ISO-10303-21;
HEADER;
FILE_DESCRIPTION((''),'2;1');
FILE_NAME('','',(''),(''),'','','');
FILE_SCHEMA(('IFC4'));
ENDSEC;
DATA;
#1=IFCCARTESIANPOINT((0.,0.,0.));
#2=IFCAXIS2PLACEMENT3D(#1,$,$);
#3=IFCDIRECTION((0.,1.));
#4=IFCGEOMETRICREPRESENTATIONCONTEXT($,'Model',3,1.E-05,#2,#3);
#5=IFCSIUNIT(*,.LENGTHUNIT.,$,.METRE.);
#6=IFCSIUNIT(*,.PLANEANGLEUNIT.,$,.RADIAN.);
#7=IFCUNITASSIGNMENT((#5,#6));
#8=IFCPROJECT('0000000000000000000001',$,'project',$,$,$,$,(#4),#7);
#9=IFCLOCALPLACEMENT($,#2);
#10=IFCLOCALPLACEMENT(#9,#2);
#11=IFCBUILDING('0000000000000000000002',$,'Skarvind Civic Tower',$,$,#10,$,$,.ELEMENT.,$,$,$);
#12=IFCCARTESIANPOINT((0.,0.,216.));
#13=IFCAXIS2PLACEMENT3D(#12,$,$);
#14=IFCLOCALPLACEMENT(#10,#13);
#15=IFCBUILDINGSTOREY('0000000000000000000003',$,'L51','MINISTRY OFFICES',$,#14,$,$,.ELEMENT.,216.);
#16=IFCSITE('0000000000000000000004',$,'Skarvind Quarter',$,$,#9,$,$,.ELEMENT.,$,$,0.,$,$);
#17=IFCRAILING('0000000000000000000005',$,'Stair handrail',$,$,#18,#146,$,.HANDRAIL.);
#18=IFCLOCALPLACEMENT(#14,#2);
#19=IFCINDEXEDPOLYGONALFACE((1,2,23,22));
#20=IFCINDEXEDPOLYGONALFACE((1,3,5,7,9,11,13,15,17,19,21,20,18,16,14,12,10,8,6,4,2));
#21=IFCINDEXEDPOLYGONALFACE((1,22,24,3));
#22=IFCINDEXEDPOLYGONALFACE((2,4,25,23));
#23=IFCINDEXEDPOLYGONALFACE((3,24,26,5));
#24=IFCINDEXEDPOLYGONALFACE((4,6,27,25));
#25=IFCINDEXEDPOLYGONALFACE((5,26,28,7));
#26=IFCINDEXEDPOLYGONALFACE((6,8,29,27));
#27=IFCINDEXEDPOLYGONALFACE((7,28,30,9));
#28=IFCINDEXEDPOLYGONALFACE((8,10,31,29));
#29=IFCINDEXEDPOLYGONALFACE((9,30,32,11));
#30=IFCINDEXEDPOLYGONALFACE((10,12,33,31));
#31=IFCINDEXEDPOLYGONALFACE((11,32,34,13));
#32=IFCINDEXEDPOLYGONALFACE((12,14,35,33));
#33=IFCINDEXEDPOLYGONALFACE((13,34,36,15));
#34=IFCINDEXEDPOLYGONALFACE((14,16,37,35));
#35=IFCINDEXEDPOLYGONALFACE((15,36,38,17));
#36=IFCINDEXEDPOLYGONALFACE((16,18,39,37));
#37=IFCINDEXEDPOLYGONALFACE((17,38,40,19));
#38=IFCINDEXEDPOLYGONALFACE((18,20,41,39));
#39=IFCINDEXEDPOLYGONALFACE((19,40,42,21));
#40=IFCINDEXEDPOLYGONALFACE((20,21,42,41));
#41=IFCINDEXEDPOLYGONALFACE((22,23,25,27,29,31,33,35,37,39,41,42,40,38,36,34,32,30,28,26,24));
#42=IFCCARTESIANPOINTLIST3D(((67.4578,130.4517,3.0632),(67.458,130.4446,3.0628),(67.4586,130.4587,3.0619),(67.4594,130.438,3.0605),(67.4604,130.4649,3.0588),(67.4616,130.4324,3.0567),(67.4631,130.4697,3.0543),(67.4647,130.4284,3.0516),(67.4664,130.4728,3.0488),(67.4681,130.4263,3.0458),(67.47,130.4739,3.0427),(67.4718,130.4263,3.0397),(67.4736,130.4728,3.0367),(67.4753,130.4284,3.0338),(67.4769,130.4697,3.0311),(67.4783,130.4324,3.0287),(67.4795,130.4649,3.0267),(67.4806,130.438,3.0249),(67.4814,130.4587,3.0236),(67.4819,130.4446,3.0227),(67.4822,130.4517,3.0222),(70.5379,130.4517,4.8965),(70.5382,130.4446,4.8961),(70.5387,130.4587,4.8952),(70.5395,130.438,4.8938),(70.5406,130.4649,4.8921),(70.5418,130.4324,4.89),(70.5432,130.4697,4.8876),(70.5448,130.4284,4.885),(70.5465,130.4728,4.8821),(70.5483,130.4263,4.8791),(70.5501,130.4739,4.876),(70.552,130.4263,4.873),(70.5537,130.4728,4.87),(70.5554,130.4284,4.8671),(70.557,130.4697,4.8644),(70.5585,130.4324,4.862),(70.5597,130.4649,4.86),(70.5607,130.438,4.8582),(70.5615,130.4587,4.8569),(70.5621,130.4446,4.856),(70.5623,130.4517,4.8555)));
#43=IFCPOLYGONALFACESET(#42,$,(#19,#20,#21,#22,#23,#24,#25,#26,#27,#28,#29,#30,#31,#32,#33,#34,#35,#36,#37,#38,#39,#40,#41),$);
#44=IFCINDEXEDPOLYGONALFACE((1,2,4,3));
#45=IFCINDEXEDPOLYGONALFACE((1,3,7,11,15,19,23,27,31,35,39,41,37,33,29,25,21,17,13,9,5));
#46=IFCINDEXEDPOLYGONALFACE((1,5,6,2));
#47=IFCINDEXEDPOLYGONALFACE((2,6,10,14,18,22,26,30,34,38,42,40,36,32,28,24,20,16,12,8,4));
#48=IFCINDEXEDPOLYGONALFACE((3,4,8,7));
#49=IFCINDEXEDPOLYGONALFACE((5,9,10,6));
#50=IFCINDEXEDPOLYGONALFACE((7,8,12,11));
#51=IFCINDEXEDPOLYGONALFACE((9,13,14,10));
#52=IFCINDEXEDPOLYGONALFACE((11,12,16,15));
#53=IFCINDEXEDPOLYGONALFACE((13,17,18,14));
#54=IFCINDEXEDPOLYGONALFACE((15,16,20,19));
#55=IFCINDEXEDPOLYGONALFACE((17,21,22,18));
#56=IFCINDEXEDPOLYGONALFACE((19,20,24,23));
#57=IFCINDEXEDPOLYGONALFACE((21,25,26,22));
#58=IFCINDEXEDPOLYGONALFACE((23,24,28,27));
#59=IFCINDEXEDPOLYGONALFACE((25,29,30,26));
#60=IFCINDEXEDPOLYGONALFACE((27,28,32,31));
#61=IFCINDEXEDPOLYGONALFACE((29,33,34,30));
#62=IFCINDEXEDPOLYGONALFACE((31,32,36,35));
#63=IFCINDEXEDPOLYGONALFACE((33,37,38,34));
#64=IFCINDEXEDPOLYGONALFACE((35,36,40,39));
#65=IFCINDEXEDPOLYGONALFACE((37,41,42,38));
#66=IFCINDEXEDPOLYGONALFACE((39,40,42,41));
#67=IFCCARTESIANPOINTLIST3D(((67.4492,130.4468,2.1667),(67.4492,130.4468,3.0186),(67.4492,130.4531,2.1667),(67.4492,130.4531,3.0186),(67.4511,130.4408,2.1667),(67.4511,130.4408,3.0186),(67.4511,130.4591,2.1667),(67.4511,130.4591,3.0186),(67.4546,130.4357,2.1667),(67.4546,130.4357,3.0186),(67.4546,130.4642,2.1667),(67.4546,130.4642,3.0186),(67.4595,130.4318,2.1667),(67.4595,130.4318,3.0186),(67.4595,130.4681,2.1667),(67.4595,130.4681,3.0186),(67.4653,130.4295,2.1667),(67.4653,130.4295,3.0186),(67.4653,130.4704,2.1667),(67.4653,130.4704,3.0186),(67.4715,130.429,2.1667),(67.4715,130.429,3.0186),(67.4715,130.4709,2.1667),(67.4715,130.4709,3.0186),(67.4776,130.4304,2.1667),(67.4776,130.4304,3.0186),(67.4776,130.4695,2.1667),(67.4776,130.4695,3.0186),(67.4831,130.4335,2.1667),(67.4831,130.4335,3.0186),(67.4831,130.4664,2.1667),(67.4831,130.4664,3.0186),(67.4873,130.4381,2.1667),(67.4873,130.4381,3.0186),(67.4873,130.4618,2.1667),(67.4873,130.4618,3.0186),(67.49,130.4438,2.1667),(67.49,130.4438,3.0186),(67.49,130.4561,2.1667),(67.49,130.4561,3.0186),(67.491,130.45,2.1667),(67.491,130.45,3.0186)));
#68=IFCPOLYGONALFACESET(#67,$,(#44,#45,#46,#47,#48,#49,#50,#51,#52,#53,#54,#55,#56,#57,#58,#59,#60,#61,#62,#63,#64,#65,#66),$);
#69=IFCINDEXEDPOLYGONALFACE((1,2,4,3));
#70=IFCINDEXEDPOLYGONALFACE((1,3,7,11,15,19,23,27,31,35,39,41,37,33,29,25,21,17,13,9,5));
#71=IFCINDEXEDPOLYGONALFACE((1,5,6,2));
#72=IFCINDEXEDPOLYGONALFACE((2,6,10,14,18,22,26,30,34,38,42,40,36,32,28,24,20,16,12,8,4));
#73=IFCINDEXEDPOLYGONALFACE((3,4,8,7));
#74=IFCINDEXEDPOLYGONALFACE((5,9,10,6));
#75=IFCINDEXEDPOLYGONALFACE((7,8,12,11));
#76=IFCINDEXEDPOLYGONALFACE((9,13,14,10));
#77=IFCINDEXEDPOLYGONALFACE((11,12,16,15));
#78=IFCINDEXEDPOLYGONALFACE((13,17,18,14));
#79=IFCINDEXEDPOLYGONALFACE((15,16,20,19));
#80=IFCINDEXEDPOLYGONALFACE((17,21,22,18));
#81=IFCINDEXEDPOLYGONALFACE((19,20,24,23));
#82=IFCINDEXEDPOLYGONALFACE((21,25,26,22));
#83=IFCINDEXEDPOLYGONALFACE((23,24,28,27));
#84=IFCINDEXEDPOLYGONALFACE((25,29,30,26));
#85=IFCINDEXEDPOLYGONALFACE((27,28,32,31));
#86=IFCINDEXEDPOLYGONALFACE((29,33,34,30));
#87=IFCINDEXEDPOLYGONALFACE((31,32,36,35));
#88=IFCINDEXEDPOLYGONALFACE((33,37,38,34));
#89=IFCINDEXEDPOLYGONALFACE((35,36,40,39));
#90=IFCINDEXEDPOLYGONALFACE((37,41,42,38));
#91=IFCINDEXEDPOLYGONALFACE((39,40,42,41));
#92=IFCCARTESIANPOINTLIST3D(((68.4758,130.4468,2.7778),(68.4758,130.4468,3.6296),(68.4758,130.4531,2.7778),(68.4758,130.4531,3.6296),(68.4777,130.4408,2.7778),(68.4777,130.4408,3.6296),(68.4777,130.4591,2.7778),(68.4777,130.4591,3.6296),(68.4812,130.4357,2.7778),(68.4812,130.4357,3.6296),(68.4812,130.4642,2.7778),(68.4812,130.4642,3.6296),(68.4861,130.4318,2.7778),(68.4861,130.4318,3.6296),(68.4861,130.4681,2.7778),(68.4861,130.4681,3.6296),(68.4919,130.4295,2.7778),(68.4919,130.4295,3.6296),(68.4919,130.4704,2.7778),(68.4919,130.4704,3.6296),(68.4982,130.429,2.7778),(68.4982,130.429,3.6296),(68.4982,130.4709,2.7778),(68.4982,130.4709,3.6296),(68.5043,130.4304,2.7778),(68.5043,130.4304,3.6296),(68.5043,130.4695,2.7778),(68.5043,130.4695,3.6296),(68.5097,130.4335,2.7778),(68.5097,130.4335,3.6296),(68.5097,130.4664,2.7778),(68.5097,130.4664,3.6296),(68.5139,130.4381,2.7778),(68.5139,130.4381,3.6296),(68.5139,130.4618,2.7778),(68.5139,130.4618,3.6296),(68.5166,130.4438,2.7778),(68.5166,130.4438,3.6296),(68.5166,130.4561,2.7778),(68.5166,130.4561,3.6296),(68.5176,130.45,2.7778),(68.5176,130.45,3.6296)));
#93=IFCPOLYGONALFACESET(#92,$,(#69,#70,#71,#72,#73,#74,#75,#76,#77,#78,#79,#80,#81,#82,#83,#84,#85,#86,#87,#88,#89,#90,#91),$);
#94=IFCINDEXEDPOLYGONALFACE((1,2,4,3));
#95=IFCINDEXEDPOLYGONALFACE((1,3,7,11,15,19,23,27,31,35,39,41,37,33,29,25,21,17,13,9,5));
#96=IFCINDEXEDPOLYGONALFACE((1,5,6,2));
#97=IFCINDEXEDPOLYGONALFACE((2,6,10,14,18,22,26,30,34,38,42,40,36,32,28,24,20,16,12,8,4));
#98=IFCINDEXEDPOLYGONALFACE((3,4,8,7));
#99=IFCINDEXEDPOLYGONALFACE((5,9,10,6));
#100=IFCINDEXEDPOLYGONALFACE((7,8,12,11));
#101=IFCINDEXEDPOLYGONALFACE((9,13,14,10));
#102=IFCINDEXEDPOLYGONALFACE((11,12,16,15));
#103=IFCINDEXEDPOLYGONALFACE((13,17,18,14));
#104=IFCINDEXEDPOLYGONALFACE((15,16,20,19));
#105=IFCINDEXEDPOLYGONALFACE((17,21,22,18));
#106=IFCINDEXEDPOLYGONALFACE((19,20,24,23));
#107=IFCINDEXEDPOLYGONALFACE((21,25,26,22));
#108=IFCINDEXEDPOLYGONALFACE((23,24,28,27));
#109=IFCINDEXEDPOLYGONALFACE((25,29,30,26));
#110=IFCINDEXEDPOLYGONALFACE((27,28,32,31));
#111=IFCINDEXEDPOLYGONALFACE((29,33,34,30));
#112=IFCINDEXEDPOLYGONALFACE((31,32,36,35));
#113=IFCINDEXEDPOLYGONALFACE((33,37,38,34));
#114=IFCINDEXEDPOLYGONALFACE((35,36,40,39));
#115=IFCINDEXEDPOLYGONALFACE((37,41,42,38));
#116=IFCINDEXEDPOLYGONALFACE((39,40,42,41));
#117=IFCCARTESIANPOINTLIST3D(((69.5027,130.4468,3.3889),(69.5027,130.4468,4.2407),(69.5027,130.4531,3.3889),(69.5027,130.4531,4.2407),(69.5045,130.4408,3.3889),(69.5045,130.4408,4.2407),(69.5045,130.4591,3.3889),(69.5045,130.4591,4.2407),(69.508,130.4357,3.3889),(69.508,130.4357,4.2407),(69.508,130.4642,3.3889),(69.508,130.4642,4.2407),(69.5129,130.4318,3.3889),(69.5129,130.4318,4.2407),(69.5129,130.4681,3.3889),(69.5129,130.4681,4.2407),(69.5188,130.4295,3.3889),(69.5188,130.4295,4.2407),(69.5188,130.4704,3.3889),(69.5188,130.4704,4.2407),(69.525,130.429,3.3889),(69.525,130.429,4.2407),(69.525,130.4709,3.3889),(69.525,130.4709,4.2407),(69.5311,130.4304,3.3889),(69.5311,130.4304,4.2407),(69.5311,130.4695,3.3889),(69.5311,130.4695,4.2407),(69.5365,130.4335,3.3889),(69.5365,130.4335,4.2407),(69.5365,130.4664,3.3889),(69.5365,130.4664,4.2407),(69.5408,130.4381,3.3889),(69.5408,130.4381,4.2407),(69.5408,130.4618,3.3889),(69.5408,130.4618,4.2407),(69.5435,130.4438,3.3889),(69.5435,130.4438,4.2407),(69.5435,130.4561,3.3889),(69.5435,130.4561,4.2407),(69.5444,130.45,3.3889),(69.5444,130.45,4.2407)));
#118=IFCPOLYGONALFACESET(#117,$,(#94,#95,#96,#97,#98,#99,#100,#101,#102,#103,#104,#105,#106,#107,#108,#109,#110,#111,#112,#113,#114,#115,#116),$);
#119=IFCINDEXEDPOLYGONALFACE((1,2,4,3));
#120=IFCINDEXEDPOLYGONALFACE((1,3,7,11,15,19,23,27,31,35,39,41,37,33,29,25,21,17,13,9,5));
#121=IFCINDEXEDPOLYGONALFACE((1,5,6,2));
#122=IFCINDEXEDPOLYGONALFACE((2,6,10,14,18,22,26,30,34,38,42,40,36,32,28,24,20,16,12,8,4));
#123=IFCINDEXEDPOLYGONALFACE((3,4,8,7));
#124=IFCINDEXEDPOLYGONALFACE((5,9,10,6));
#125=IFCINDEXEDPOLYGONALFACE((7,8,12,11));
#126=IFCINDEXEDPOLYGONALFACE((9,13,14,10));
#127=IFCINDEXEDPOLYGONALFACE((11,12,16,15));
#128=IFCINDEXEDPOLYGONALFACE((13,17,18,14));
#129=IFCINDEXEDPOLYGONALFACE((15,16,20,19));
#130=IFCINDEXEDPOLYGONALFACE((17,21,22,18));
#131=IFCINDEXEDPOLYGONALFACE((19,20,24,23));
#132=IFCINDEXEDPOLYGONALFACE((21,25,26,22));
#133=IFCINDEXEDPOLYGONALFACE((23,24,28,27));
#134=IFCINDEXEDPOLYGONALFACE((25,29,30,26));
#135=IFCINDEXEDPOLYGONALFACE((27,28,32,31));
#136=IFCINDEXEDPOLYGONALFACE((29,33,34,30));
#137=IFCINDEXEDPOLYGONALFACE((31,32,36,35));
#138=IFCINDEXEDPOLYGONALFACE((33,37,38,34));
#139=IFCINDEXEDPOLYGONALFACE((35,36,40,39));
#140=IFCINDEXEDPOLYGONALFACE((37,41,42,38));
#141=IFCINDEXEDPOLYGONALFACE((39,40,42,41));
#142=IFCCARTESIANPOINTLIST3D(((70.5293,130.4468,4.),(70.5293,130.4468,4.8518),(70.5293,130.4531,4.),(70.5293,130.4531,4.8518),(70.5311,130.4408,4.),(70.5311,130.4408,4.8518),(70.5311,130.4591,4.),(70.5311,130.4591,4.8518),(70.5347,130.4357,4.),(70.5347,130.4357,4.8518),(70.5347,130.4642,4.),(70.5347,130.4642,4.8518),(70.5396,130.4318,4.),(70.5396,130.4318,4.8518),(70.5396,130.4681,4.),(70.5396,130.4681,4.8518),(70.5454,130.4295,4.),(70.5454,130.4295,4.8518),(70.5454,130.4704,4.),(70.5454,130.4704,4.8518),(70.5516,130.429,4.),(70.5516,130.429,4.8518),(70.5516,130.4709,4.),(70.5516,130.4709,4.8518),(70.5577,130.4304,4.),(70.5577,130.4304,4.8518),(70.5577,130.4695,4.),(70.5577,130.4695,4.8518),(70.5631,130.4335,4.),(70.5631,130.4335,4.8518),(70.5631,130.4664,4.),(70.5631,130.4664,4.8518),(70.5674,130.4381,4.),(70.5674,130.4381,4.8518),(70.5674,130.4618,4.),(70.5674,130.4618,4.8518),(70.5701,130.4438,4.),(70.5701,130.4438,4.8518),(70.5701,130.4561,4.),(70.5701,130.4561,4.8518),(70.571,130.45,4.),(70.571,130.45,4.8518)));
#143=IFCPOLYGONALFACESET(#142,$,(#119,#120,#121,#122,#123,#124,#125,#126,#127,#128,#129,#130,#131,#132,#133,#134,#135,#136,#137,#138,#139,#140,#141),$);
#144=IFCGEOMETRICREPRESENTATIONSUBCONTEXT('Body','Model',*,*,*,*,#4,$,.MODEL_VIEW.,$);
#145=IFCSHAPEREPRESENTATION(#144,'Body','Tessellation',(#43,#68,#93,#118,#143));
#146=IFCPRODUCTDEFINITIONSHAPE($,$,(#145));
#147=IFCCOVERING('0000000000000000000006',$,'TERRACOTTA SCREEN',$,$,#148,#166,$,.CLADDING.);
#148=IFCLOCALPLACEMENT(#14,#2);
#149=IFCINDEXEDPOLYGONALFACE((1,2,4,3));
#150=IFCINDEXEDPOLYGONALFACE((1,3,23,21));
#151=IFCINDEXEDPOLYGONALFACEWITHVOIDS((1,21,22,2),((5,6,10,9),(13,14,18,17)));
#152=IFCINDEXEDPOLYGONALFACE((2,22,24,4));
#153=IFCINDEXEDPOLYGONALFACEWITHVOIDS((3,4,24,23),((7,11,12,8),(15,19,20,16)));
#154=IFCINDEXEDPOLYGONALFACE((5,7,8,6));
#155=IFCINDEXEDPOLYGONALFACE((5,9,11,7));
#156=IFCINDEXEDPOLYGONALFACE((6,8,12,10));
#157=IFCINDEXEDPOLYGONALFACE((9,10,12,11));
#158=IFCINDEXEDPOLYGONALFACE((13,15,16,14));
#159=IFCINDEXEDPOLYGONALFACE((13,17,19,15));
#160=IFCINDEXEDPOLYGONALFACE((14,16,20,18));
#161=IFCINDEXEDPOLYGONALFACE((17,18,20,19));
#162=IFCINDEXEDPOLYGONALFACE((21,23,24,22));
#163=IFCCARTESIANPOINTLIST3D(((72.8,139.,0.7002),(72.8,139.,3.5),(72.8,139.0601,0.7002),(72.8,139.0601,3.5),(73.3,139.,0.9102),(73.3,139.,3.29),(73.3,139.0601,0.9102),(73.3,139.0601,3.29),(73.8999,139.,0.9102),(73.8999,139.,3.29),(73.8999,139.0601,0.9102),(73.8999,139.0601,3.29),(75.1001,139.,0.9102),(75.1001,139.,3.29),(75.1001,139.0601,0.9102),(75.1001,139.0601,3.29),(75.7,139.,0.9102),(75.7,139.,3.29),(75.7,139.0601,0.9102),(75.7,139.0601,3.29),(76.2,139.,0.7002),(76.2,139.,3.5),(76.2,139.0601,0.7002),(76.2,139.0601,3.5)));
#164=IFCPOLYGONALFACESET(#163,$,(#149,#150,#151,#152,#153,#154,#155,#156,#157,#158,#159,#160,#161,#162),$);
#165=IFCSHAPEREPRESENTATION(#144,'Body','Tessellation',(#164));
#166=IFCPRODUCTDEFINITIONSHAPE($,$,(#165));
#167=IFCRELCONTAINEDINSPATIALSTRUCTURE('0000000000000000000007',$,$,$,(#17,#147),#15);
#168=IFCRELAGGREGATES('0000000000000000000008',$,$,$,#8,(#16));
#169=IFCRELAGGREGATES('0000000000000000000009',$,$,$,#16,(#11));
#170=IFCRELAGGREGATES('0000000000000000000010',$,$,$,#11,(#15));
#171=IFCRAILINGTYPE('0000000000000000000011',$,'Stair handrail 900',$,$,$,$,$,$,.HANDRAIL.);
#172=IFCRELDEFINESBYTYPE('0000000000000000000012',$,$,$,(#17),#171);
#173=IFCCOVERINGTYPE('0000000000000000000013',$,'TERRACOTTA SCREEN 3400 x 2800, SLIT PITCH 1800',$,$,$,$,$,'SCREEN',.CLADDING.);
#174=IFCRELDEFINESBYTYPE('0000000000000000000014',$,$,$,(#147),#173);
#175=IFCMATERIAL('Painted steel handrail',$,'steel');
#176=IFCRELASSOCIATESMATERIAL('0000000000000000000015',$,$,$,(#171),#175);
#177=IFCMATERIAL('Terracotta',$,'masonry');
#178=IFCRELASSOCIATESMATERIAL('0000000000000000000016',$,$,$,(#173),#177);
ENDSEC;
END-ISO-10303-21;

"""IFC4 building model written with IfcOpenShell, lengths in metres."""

from ifc_helpers import new_model, si_unit, direction, frame, origin, origin_2d, place, context, subcontext, project, spatial, polyline, circle, outline, extrude, material, material_profile, profile_set, type_object, element, save


model = new_model("IFC4")

# Units and contexts
model_context = context("Model", 3, precision=1e-05, world=origin(), true_north=direction((0.0, 1.0)))
body_context = subcontext(model_context, "Body", "Model", "MODEL_VIEW")
ifc_project = project(units=[si_unit("LENGTHUNIT", "METRE"), si_unit("PLANEANGLEUNIT", "RADIAN")], contexts=[model_context])

# Site, building, storey
site_placement = place(None, origin())
site = spatial("IfcSite", under=ifc_project, at=site_placement, Name="Skarvind Quarter", CompositionType="ELEMENT", RefElevation=0.0)
building_placement = place(site_placement, origin())
building = spatial("IfcBuilding", under=site, at=building_placement, Name="Skarvind Civic Tower", CompositionType="ELEMENT")
storey_placement = place(building_placement, frame((0.0, 0.0, 216.0)))
storey = spatial("IfcBuildingStorey", under=building, at=storey_placement, Name="L51", Description="MINISTRY OFFICES", CompositionType="ELEMENT", Elevation=216.0)

# Railing
ifc_material_1 = material(Name="Painted steel handrail", Category="steel")
railing_type = type_object("IfcRailingType", Name="Stair handrail 900", PredefinedType="HANDRAIL", material=ifc_material_1)
railing_1_placement = place(storey_placement, frame((67.47, 130.45, 2.1667)))
element("IfcRailing", 1, at=railing_1_placement, inside=storey, type_object=railing_type, Name="Stair handrail", PredefinedType="HANDRAIL", context=body_context, shape_type="SweptSolid", body=[
    extrude(circle(Radius=0.0239, at=origin_2d()), frame((0.0, 0.0, 0.876), z_axis=(0.859309, 0.0, 0.511458), x_axis=(0.0, 1.0, 0.0)), (0.0, 0.0, 1.0), 3.5845),
    extrude(circle(Radius=0.021, at=origin_2d()), origin(), (0.0, 0.0, 1.0), 0.8518),
    extrude(circle(Radius=0.021, at=origin_2d()), frame((1.0266, 0.0, 0.6111)), (0.0, 0.0, 1.0), 0.8518),
    extrude(circle(Radius=0.021, at=origin_2d()), frame((2.0535, 0.0, 1.2222)), (0.0, 0.0, 1.0), 0.8518),
    extrude(circle(Radius=0.021, at=origin_2d()), frame((3.0801, 0.0, 1.8333)), (0.0, 0.0, 1.0), 0.8518),
])

# Covering
ifc_material_2 = material(Name="Terracotta", Category="masonry")
ifc_material_profile_1 = material_profile(ifc_material_2, outline(polyline([(-1.7, -1.3999), (1.7, -1.3999), (1.7, 1.3999), (-1.7, 1.3999), (-1.7, -1.3999)]), holes=[polyline([(-1.2, -1.1899), (-0.6001, -1.1899), (-0.6001, 1.1899), (-1.2, 1.1899), (-1.2, -1.1899)]), polyline([(0.6001, -1.1899), (1.2, -1.1899), (1.2, 1.1899), (0.6001, 1.1899), (0.6001, -1.1899)])]), Name="TERRACOTTA SCREEN 3400 x 2800, SLIT PITCH 1800")
ifc_profile_set_1 = profile_set([ifc_material_profile_1], Name="Terracotta")
covering_type = type_object("IfcCoveringType", Name="TERRACOTTA SCREEN 3400 x 2800, SLIT PITCH 1800", ElementType="SCREEN", PredefinedType="CLADDING", material=ifc_profile_set_1)
covering_placement = place(storey_placement, frame((74.5, 139.0, 2.1001), z_axis=(0.0, 1.0, 0.0), x_axis=(-1.0, 0.0, 0.0)))
element("IfcCovering", 2, at=covering_placement, inside=storey, type_object=covering_type, Name="TERRACOTTA SCREEN", PredefinedType="CLADDING", context=body_context, shape_type="SweptSolid", body=[
    extrude(outline(polyline([(-1.7, -1.3999), (1.7, -1.3999), (1.7, 1.3999), (-1.7, 1.3999), (-1.7, -1.3999)]), holes=[polyline([(-1.2, -1.1899), (-0.6001, -1.1899), (-0.6001, 1.1899), (-1.2, 1.1899), (-1.2, -1.1899)]), polyline([(0.6001, -1.1899), (1.2, -1.1899), (1.2, 1.1899), (0.6001, 1.1899), (0.6001, -1.1899)])]), origin(), (0.0, 0.0, 1.0), 0.0601),
])

save(model, "model.ifc")
